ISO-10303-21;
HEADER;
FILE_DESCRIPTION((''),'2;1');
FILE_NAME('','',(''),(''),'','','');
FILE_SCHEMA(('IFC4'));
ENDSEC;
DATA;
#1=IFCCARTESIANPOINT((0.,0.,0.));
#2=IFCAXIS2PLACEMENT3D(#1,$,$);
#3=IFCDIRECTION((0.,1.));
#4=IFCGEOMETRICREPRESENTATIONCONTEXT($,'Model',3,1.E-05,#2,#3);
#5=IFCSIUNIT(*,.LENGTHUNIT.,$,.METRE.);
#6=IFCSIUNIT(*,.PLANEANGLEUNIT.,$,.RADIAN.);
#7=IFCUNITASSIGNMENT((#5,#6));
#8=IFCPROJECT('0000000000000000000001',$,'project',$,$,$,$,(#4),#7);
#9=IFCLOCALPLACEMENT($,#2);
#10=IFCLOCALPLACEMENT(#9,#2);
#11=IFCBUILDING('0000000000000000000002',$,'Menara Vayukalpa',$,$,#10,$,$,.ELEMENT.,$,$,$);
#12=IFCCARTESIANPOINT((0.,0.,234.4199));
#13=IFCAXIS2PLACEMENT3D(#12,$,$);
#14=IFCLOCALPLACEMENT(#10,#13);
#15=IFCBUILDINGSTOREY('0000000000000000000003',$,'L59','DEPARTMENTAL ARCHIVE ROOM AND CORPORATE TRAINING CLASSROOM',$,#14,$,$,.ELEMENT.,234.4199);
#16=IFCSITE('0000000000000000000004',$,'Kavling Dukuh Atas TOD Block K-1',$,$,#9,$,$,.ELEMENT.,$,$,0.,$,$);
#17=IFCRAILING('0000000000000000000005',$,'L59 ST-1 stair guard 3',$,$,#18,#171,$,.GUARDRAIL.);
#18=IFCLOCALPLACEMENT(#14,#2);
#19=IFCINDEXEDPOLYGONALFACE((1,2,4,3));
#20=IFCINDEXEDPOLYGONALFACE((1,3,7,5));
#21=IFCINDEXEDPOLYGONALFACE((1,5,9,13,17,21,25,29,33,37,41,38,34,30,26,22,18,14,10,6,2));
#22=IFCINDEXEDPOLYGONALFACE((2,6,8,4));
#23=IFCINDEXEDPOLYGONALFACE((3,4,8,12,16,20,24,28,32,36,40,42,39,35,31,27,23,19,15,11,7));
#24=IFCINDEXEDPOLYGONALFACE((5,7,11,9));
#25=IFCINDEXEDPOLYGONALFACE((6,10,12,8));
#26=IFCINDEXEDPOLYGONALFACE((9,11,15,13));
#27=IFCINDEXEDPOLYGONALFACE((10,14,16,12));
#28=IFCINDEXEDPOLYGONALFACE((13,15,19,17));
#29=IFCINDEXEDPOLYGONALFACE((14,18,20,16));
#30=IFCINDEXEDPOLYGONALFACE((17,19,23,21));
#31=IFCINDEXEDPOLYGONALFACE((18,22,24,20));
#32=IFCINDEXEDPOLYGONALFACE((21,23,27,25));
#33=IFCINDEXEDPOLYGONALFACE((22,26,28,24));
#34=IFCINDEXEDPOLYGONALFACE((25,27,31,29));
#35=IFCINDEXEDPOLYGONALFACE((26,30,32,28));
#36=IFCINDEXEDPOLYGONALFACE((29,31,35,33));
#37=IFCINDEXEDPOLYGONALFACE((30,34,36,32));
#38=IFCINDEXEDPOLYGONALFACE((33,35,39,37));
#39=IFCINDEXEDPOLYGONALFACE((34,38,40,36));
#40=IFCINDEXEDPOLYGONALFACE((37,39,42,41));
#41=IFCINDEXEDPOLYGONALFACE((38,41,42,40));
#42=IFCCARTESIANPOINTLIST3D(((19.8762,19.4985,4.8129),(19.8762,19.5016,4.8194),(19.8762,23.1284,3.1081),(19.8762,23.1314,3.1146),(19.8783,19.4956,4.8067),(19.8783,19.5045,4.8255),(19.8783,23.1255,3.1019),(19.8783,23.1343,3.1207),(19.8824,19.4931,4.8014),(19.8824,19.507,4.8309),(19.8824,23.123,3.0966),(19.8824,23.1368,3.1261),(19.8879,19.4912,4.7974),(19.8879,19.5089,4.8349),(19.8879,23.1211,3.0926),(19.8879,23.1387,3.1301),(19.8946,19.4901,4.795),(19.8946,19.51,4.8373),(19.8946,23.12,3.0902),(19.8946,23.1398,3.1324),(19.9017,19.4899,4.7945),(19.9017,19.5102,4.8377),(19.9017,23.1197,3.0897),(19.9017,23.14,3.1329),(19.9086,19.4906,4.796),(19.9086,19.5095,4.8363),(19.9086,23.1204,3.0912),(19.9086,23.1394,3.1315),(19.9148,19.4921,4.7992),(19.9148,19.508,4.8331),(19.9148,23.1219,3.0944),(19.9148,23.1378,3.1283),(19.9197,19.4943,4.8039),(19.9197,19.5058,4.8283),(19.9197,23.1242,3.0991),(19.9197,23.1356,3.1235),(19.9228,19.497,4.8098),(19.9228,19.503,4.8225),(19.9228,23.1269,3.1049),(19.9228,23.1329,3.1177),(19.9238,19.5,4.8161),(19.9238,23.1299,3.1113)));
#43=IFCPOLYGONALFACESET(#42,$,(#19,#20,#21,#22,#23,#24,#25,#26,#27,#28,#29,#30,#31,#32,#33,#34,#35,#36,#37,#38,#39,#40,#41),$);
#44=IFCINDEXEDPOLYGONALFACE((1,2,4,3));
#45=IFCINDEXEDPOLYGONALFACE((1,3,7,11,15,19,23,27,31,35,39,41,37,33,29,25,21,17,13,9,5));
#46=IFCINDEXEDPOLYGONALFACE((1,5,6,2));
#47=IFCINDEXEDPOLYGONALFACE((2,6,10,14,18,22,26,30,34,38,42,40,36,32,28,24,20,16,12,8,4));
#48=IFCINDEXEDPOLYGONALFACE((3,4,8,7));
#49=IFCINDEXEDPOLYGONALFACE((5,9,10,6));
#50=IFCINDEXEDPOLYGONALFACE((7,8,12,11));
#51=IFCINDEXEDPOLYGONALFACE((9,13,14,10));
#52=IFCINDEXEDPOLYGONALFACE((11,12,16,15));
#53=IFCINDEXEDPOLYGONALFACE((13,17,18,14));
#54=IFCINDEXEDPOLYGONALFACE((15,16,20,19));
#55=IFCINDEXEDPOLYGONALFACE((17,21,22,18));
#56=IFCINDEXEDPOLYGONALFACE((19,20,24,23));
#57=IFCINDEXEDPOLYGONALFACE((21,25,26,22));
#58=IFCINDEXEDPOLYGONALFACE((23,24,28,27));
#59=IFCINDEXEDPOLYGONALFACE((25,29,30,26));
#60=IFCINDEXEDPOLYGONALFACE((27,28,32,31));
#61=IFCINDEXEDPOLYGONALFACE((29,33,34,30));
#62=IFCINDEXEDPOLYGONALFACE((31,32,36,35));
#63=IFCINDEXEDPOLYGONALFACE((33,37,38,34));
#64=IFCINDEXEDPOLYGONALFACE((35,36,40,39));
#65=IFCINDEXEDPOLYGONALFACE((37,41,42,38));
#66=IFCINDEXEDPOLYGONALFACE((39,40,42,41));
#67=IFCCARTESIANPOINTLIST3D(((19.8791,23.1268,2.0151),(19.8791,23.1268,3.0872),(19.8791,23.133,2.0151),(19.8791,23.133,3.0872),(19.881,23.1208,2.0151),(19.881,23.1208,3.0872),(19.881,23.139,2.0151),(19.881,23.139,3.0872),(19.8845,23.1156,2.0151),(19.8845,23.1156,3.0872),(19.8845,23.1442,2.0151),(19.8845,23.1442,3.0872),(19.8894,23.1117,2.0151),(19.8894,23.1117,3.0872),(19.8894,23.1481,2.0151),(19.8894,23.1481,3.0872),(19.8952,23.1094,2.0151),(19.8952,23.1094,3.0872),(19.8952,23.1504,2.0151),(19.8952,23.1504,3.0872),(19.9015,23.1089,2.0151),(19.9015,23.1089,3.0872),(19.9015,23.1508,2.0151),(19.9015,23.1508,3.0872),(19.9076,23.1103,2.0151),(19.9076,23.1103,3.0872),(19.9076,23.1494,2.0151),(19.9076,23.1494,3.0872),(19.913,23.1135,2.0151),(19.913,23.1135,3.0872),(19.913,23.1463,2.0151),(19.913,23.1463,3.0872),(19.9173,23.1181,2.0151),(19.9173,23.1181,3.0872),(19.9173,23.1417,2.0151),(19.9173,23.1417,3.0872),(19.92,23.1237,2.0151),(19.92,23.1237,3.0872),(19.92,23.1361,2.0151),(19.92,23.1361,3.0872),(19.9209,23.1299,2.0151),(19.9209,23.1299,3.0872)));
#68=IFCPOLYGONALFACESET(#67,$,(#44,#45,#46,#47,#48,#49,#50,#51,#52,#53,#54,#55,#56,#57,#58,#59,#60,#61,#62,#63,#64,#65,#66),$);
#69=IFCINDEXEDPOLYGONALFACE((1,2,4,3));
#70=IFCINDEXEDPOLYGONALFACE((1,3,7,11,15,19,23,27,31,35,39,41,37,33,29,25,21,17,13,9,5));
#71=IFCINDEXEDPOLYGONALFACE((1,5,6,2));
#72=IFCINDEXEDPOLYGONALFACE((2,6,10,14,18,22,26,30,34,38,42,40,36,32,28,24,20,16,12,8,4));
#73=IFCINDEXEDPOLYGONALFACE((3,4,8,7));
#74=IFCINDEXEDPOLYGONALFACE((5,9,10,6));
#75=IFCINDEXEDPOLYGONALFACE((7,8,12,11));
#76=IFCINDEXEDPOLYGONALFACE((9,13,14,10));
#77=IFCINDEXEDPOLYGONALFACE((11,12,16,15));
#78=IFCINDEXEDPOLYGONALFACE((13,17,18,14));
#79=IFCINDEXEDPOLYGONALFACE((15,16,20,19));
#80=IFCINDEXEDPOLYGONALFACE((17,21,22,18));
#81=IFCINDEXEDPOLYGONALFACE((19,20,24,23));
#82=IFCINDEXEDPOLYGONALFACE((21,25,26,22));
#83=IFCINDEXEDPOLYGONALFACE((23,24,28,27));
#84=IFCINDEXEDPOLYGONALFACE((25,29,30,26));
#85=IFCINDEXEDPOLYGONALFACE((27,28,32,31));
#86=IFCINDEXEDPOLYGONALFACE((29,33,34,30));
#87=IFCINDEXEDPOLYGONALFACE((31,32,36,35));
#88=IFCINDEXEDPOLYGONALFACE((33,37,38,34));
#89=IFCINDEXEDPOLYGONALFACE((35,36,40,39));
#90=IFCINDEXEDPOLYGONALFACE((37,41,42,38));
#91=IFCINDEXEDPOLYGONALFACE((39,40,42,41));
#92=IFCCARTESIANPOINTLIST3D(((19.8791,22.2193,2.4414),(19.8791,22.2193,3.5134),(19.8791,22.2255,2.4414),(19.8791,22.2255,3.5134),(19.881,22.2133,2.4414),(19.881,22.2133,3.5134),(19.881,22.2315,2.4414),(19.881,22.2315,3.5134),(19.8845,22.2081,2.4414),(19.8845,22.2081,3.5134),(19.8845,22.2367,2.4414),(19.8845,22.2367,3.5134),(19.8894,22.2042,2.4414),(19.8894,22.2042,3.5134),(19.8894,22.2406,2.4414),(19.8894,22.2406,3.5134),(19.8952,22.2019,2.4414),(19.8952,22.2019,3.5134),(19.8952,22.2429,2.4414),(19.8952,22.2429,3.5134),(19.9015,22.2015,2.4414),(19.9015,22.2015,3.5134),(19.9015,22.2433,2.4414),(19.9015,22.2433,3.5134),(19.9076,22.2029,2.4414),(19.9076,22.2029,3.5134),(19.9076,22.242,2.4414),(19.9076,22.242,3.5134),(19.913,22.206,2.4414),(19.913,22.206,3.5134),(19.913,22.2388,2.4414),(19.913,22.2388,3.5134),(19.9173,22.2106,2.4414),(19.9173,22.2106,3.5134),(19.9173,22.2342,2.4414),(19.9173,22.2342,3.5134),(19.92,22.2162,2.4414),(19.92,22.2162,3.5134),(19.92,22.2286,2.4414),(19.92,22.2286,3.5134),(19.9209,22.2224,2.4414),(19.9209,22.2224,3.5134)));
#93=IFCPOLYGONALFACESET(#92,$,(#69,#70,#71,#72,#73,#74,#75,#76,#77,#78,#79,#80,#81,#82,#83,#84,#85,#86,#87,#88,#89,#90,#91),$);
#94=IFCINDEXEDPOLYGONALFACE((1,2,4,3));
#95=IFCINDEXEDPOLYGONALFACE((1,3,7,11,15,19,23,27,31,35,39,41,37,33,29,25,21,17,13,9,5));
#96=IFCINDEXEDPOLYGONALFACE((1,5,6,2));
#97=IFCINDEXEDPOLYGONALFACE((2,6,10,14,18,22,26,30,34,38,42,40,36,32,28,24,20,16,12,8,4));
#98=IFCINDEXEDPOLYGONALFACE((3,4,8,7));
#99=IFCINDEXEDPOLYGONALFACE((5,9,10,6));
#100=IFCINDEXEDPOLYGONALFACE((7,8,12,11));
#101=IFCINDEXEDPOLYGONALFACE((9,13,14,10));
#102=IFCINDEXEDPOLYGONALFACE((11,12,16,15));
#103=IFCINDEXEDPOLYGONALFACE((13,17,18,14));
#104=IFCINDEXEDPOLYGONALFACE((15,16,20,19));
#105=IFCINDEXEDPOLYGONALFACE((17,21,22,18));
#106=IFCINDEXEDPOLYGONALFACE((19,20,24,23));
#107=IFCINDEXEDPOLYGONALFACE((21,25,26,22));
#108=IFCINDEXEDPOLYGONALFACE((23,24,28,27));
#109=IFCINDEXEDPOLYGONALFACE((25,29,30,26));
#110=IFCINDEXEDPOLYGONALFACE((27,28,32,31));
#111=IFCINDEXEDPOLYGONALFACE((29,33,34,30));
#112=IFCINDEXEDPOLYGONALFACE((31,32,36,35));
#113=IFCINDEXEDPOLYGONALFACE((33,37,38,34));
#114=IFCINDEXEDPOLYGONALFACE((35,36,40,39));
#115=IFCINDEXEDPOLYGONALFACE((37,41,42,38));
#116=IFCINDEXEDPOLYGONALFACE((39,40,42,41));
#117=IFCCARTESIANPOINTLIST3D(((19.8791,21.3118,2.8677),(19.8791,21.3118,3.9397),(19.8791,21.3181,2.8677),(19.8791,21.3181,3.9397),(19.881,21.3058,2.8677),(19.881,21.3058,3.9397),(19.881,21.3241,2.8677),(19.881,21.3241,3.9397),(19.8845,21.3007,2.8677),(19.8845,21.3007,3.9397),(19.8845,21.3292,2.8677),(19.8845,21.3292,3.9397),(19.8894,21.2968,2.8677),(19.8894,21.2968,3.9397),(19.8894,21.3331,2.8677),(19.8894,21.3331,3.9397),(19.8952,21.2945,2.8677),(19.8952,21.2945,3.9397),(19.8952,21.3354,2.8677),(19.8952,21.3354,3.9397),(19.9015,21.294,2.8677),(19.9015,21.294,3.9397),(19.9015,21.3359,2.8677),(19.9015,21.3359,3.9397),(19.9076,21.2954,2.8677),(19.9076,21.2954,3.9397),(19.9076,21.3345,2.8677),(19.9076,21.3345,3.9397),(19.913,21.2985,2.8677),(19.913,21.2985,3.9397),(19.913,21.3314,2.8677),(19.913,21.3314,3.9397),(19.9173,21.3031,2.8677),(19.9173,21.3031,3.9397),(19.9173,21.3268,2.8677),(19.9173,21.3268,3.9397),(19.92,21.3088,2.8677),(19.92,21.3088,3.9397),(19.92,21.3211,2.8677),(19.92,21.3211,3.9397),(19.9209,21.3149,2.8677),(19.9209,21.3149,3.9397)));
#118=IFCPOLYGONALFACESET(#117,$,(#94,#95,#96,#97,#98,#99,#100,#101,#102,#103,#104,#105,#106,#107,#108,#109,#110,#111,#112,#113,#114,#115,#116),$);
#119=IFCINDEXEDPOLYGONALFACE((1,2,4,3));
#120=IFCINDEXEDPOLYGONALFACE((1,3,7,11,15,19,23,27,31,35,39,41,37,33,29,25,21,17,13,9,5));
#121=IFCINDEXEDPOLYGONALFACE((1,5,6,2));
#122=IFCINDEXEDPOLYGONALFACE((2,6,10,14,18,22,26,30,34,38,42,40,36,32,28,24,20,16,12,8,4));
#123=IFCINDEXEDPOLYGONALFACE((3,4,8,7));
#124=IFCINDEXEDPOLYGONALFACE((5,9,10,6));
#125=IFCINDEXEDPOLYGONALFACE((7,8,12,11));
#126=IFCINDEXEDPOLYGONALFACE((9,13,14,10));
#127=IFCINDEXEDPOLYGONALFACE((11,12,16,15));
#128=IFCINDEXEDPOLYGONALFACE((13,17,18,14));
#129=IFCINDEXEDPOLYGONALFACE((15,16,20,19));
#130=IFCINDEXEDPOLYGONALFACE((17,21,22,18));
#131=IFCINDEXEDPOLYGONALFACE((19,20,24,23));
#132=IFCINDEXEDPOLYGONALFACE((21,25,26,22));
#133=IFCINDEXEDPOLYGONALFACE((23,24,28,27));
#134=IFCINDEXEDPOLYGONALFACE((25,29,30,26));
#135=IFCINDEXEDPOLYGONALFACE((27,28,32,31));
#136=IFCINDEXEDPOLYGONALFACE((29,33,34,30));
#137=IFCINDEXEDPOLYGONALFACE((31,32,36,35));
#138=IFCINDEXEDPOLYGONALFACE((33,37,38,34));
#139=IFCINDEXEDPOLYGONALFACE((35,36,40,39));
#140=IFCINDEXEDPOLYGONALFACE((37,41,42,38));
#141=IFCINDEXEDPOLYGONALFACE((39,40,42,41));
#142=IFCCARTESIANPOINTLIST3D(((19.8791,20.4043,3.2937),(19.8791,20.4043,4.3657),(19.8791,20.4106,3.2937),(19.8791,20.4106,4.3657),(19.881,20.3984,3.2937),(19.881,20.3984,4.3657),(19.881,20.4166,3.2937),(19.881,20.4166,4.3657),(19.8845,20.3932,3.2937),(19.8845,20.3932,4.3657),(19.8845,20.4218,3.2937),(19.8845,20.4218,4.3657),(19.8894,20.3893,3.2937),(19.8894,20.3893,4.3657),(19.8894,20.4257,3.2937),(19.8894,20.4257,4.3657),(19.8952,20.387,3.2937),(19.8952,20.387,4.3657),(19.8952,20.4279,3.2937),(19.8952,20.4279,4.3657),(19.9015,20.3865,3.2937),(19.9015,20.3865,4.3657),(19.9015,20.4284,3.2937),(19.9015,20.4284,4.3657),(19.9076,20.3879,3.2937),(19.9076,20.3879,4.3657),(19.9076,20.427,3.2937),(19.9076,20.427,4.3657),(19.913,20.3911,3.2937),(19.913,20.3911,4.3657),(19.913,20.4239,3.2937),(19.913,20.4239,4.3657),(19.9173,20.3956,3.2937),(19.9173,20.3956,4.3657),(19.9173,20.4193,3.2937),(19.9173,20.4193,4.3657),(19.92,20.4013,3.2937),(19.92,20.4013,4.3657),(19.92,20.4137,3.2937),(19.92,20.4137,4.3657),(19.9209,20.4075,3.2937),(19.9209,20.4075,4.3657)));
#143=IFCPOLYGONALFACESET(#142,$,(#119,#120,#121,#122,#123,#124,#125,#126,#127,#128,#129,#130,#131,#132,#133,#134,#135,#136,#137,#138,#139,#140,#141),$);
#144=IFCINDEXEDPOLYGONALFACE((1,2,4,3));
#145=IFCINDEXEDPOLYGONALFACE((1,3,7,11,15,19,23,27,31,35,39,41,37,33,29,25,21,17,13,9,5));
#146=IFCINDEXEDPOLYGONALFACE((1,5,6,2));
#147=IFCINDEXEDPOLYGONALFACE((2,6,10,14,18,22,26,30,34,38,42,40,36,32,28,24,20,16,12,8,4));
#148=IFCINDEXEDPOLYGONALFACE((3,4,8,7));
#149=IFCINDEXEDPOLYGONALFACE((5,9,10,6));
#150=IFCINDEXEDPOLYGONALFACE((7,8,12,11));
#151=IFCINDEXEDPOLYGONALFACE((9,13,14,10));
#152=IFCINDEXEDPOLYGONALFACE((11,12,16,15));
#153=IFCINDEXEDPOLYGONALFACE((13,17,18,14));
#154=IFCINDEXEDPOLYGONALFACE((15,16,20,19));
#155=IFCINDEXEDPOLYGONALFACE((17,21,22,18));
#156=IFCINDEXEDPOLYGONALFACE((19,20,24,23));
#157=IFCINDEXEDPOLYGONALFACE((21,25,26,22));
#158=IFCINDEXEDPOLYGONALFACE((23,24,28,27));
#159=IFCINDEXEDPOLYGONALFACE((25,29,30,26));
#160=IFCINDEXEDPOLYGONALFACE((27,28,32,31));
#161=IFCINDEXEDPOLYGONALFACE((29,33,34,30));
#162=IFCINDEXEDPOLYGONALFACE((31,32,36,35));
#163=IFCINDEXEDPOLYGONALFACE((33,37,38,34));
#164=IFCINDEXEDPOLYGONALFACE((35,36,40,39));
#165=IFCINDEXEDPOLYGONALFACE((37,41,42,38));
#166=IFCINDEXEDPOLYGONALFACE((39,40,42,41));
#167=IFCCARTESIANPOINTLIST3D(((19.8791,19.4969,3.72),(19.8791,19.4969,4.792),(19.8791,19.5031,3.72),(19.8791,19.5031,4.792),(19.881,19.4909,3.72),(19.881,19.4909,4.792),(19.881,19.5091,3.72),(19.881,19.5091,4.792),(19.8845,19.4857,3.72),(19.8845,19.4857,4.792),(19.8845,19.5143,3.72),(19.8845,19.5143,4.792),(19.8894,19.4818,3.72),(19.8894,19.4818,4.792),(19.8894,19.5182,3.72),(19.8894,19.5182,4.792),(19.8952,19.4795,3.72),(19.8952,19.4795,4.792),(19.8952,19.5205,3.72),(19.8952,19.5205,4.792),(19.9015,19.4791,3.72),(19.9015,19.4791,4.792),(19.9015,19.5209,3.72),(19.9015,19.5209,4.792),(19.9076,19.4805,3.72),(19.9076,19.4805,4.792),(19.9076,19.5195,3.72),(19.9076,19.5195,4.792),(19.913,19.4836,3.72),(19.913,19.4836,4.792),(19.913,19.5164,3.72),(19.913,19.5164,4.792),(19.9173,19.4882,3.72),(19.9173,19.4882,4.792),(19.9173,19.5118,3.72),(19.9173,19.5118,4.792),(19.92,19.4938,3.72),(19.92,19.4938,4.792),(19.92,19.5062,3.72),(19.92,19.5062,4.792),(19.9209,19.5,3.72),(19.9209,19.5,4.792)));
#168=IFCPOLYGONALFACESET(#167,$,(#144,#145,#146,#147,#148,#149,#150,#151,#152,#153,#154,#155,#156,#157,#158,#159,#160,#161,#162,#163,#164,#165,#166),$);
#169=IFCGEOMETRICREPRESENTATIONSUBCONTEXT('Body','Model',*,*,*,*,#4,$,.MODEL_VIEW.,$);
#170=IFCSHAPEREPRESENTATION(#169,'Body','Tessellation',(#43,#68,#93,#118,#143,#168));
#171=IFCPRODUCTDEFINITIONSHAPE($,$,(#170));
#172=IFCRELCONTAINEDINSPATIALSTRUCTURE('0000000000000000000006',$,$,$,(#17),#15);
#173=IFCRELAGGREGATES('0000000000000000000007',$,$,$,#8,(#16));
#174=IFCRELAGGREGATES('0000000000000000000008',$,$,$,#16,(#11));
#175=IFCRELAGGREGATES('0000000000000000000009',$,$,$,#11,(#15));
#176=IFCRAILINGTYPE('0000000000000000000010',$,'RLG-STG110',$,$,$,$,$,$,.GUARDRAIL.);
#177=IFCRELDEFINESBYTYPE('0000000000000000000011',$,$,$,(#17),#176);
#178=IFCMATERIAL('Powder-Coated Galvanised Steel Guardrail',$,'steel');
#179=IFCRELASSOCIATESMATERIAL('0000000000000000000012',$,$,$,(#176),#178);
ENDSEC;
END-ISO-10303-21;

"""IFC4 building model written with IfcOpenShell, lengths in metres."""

from ifc_helpers import new_model, si_unit, direction, frame, origin, origin_2d, place, context, subcontext, project, spatial, circle, extrude, material, type_object, element, save


model = new_model("IFC4")

# Units and contexts
model_context = context("Model", 3, precision=1e-05, world=origin(), true_north=direction((0.0, 1.0)))
body_context = subcontext(model_context, "Body", "Model", "MODEL_VIEW")
ifc_project = project(units=[si_unit("LENGTHUNIT", "METRE"), si_unit("PLANEANGLEUNIT", "RADIAN")], contexts=[model_context])

# Site, building, storey
site_placement = place(None, origin())
site = spatial("IfcSite", under=ifc_project, at=site_placement, Name="Kavling Dukuh Atas TOD Block K-1", CompositionType="ELEMENT", RefElevation=0.0)
building_placement = place(site_placement, origin())
building = spatial("IfcBuilding", under=site, at=building_placement, Name="Menara Vayukalpa", CompositionType="ELEMENT")
storey_placement = place(building_placement, frame((0.0, 0.0, 234.4199)))
storey = spatial("IfcBuildingStorey", under=building, at=storey_placement, Name="L59", Description="DEPARTMENTAL ARCHIVE ROOM AND CORPORATE TRAINING CLASSROOM", CompositionType="ELEMENT", Elevation=234.4199)

# Railing
ifc_material_1 = material(Name="Powder-Coated Galvanised Steel Guardrail", Category="steel")
railing_type_1 = type_object("IfcRailingType", Name="RLG-STG110", PredefinedType="GUARDRAIL", material=ifc_material_1)
railing_1_placement = place(storey_placement, frame((19.8999, 23.1299, 2.0151)))
element("IfcRailing", 1, at=railing_1_placement, inside=storey, type_object=railing_type_1, Name="L59 ST-1 stair guard 3", PredefinedType="GUARDRAIL", context=body_context, shape_type="SweptSolid", body=[
    extrude(circle(Radius=0.0239, at=origin_2d()), frame((0.0, 0.0, 1.0962), z_axis=(0.0, -0.90514, 0.425114), x_axis=(1.0, 0.0, 0.0)), (0.0, 0.0, 1.0), 4.0103),
    extrude(circle(Radius=0.021, at=origin_2d()), origin(), (0.0, 0.0, 1.0), 1.072),
    extrude(circle(Radius=0.021, at=origin_2d()), frame((0.0, -0.9075, 0.4263)), (0.0, 0.0, 1.0), 1.072),
    extrude(circle(Radius=0.021, at=origin_2d()), frame((0.0, -1.8149, 0.8525)), (0.0, 0.0, 1.0), 1.072),
    extrude(circle(Radius=0.021, at=origin_2d()), frame((0.0, -2.7224, 1.2786)), (0.0, 0.0, 1.0), 1.072),
    extrude(circle(Radius=0.021, at=origin_2d()), frame((0.0, -3.6299, 1.7048)), (0.0, 0.0, 1.0), 1.072),
])

save(model, "model.ifc")
